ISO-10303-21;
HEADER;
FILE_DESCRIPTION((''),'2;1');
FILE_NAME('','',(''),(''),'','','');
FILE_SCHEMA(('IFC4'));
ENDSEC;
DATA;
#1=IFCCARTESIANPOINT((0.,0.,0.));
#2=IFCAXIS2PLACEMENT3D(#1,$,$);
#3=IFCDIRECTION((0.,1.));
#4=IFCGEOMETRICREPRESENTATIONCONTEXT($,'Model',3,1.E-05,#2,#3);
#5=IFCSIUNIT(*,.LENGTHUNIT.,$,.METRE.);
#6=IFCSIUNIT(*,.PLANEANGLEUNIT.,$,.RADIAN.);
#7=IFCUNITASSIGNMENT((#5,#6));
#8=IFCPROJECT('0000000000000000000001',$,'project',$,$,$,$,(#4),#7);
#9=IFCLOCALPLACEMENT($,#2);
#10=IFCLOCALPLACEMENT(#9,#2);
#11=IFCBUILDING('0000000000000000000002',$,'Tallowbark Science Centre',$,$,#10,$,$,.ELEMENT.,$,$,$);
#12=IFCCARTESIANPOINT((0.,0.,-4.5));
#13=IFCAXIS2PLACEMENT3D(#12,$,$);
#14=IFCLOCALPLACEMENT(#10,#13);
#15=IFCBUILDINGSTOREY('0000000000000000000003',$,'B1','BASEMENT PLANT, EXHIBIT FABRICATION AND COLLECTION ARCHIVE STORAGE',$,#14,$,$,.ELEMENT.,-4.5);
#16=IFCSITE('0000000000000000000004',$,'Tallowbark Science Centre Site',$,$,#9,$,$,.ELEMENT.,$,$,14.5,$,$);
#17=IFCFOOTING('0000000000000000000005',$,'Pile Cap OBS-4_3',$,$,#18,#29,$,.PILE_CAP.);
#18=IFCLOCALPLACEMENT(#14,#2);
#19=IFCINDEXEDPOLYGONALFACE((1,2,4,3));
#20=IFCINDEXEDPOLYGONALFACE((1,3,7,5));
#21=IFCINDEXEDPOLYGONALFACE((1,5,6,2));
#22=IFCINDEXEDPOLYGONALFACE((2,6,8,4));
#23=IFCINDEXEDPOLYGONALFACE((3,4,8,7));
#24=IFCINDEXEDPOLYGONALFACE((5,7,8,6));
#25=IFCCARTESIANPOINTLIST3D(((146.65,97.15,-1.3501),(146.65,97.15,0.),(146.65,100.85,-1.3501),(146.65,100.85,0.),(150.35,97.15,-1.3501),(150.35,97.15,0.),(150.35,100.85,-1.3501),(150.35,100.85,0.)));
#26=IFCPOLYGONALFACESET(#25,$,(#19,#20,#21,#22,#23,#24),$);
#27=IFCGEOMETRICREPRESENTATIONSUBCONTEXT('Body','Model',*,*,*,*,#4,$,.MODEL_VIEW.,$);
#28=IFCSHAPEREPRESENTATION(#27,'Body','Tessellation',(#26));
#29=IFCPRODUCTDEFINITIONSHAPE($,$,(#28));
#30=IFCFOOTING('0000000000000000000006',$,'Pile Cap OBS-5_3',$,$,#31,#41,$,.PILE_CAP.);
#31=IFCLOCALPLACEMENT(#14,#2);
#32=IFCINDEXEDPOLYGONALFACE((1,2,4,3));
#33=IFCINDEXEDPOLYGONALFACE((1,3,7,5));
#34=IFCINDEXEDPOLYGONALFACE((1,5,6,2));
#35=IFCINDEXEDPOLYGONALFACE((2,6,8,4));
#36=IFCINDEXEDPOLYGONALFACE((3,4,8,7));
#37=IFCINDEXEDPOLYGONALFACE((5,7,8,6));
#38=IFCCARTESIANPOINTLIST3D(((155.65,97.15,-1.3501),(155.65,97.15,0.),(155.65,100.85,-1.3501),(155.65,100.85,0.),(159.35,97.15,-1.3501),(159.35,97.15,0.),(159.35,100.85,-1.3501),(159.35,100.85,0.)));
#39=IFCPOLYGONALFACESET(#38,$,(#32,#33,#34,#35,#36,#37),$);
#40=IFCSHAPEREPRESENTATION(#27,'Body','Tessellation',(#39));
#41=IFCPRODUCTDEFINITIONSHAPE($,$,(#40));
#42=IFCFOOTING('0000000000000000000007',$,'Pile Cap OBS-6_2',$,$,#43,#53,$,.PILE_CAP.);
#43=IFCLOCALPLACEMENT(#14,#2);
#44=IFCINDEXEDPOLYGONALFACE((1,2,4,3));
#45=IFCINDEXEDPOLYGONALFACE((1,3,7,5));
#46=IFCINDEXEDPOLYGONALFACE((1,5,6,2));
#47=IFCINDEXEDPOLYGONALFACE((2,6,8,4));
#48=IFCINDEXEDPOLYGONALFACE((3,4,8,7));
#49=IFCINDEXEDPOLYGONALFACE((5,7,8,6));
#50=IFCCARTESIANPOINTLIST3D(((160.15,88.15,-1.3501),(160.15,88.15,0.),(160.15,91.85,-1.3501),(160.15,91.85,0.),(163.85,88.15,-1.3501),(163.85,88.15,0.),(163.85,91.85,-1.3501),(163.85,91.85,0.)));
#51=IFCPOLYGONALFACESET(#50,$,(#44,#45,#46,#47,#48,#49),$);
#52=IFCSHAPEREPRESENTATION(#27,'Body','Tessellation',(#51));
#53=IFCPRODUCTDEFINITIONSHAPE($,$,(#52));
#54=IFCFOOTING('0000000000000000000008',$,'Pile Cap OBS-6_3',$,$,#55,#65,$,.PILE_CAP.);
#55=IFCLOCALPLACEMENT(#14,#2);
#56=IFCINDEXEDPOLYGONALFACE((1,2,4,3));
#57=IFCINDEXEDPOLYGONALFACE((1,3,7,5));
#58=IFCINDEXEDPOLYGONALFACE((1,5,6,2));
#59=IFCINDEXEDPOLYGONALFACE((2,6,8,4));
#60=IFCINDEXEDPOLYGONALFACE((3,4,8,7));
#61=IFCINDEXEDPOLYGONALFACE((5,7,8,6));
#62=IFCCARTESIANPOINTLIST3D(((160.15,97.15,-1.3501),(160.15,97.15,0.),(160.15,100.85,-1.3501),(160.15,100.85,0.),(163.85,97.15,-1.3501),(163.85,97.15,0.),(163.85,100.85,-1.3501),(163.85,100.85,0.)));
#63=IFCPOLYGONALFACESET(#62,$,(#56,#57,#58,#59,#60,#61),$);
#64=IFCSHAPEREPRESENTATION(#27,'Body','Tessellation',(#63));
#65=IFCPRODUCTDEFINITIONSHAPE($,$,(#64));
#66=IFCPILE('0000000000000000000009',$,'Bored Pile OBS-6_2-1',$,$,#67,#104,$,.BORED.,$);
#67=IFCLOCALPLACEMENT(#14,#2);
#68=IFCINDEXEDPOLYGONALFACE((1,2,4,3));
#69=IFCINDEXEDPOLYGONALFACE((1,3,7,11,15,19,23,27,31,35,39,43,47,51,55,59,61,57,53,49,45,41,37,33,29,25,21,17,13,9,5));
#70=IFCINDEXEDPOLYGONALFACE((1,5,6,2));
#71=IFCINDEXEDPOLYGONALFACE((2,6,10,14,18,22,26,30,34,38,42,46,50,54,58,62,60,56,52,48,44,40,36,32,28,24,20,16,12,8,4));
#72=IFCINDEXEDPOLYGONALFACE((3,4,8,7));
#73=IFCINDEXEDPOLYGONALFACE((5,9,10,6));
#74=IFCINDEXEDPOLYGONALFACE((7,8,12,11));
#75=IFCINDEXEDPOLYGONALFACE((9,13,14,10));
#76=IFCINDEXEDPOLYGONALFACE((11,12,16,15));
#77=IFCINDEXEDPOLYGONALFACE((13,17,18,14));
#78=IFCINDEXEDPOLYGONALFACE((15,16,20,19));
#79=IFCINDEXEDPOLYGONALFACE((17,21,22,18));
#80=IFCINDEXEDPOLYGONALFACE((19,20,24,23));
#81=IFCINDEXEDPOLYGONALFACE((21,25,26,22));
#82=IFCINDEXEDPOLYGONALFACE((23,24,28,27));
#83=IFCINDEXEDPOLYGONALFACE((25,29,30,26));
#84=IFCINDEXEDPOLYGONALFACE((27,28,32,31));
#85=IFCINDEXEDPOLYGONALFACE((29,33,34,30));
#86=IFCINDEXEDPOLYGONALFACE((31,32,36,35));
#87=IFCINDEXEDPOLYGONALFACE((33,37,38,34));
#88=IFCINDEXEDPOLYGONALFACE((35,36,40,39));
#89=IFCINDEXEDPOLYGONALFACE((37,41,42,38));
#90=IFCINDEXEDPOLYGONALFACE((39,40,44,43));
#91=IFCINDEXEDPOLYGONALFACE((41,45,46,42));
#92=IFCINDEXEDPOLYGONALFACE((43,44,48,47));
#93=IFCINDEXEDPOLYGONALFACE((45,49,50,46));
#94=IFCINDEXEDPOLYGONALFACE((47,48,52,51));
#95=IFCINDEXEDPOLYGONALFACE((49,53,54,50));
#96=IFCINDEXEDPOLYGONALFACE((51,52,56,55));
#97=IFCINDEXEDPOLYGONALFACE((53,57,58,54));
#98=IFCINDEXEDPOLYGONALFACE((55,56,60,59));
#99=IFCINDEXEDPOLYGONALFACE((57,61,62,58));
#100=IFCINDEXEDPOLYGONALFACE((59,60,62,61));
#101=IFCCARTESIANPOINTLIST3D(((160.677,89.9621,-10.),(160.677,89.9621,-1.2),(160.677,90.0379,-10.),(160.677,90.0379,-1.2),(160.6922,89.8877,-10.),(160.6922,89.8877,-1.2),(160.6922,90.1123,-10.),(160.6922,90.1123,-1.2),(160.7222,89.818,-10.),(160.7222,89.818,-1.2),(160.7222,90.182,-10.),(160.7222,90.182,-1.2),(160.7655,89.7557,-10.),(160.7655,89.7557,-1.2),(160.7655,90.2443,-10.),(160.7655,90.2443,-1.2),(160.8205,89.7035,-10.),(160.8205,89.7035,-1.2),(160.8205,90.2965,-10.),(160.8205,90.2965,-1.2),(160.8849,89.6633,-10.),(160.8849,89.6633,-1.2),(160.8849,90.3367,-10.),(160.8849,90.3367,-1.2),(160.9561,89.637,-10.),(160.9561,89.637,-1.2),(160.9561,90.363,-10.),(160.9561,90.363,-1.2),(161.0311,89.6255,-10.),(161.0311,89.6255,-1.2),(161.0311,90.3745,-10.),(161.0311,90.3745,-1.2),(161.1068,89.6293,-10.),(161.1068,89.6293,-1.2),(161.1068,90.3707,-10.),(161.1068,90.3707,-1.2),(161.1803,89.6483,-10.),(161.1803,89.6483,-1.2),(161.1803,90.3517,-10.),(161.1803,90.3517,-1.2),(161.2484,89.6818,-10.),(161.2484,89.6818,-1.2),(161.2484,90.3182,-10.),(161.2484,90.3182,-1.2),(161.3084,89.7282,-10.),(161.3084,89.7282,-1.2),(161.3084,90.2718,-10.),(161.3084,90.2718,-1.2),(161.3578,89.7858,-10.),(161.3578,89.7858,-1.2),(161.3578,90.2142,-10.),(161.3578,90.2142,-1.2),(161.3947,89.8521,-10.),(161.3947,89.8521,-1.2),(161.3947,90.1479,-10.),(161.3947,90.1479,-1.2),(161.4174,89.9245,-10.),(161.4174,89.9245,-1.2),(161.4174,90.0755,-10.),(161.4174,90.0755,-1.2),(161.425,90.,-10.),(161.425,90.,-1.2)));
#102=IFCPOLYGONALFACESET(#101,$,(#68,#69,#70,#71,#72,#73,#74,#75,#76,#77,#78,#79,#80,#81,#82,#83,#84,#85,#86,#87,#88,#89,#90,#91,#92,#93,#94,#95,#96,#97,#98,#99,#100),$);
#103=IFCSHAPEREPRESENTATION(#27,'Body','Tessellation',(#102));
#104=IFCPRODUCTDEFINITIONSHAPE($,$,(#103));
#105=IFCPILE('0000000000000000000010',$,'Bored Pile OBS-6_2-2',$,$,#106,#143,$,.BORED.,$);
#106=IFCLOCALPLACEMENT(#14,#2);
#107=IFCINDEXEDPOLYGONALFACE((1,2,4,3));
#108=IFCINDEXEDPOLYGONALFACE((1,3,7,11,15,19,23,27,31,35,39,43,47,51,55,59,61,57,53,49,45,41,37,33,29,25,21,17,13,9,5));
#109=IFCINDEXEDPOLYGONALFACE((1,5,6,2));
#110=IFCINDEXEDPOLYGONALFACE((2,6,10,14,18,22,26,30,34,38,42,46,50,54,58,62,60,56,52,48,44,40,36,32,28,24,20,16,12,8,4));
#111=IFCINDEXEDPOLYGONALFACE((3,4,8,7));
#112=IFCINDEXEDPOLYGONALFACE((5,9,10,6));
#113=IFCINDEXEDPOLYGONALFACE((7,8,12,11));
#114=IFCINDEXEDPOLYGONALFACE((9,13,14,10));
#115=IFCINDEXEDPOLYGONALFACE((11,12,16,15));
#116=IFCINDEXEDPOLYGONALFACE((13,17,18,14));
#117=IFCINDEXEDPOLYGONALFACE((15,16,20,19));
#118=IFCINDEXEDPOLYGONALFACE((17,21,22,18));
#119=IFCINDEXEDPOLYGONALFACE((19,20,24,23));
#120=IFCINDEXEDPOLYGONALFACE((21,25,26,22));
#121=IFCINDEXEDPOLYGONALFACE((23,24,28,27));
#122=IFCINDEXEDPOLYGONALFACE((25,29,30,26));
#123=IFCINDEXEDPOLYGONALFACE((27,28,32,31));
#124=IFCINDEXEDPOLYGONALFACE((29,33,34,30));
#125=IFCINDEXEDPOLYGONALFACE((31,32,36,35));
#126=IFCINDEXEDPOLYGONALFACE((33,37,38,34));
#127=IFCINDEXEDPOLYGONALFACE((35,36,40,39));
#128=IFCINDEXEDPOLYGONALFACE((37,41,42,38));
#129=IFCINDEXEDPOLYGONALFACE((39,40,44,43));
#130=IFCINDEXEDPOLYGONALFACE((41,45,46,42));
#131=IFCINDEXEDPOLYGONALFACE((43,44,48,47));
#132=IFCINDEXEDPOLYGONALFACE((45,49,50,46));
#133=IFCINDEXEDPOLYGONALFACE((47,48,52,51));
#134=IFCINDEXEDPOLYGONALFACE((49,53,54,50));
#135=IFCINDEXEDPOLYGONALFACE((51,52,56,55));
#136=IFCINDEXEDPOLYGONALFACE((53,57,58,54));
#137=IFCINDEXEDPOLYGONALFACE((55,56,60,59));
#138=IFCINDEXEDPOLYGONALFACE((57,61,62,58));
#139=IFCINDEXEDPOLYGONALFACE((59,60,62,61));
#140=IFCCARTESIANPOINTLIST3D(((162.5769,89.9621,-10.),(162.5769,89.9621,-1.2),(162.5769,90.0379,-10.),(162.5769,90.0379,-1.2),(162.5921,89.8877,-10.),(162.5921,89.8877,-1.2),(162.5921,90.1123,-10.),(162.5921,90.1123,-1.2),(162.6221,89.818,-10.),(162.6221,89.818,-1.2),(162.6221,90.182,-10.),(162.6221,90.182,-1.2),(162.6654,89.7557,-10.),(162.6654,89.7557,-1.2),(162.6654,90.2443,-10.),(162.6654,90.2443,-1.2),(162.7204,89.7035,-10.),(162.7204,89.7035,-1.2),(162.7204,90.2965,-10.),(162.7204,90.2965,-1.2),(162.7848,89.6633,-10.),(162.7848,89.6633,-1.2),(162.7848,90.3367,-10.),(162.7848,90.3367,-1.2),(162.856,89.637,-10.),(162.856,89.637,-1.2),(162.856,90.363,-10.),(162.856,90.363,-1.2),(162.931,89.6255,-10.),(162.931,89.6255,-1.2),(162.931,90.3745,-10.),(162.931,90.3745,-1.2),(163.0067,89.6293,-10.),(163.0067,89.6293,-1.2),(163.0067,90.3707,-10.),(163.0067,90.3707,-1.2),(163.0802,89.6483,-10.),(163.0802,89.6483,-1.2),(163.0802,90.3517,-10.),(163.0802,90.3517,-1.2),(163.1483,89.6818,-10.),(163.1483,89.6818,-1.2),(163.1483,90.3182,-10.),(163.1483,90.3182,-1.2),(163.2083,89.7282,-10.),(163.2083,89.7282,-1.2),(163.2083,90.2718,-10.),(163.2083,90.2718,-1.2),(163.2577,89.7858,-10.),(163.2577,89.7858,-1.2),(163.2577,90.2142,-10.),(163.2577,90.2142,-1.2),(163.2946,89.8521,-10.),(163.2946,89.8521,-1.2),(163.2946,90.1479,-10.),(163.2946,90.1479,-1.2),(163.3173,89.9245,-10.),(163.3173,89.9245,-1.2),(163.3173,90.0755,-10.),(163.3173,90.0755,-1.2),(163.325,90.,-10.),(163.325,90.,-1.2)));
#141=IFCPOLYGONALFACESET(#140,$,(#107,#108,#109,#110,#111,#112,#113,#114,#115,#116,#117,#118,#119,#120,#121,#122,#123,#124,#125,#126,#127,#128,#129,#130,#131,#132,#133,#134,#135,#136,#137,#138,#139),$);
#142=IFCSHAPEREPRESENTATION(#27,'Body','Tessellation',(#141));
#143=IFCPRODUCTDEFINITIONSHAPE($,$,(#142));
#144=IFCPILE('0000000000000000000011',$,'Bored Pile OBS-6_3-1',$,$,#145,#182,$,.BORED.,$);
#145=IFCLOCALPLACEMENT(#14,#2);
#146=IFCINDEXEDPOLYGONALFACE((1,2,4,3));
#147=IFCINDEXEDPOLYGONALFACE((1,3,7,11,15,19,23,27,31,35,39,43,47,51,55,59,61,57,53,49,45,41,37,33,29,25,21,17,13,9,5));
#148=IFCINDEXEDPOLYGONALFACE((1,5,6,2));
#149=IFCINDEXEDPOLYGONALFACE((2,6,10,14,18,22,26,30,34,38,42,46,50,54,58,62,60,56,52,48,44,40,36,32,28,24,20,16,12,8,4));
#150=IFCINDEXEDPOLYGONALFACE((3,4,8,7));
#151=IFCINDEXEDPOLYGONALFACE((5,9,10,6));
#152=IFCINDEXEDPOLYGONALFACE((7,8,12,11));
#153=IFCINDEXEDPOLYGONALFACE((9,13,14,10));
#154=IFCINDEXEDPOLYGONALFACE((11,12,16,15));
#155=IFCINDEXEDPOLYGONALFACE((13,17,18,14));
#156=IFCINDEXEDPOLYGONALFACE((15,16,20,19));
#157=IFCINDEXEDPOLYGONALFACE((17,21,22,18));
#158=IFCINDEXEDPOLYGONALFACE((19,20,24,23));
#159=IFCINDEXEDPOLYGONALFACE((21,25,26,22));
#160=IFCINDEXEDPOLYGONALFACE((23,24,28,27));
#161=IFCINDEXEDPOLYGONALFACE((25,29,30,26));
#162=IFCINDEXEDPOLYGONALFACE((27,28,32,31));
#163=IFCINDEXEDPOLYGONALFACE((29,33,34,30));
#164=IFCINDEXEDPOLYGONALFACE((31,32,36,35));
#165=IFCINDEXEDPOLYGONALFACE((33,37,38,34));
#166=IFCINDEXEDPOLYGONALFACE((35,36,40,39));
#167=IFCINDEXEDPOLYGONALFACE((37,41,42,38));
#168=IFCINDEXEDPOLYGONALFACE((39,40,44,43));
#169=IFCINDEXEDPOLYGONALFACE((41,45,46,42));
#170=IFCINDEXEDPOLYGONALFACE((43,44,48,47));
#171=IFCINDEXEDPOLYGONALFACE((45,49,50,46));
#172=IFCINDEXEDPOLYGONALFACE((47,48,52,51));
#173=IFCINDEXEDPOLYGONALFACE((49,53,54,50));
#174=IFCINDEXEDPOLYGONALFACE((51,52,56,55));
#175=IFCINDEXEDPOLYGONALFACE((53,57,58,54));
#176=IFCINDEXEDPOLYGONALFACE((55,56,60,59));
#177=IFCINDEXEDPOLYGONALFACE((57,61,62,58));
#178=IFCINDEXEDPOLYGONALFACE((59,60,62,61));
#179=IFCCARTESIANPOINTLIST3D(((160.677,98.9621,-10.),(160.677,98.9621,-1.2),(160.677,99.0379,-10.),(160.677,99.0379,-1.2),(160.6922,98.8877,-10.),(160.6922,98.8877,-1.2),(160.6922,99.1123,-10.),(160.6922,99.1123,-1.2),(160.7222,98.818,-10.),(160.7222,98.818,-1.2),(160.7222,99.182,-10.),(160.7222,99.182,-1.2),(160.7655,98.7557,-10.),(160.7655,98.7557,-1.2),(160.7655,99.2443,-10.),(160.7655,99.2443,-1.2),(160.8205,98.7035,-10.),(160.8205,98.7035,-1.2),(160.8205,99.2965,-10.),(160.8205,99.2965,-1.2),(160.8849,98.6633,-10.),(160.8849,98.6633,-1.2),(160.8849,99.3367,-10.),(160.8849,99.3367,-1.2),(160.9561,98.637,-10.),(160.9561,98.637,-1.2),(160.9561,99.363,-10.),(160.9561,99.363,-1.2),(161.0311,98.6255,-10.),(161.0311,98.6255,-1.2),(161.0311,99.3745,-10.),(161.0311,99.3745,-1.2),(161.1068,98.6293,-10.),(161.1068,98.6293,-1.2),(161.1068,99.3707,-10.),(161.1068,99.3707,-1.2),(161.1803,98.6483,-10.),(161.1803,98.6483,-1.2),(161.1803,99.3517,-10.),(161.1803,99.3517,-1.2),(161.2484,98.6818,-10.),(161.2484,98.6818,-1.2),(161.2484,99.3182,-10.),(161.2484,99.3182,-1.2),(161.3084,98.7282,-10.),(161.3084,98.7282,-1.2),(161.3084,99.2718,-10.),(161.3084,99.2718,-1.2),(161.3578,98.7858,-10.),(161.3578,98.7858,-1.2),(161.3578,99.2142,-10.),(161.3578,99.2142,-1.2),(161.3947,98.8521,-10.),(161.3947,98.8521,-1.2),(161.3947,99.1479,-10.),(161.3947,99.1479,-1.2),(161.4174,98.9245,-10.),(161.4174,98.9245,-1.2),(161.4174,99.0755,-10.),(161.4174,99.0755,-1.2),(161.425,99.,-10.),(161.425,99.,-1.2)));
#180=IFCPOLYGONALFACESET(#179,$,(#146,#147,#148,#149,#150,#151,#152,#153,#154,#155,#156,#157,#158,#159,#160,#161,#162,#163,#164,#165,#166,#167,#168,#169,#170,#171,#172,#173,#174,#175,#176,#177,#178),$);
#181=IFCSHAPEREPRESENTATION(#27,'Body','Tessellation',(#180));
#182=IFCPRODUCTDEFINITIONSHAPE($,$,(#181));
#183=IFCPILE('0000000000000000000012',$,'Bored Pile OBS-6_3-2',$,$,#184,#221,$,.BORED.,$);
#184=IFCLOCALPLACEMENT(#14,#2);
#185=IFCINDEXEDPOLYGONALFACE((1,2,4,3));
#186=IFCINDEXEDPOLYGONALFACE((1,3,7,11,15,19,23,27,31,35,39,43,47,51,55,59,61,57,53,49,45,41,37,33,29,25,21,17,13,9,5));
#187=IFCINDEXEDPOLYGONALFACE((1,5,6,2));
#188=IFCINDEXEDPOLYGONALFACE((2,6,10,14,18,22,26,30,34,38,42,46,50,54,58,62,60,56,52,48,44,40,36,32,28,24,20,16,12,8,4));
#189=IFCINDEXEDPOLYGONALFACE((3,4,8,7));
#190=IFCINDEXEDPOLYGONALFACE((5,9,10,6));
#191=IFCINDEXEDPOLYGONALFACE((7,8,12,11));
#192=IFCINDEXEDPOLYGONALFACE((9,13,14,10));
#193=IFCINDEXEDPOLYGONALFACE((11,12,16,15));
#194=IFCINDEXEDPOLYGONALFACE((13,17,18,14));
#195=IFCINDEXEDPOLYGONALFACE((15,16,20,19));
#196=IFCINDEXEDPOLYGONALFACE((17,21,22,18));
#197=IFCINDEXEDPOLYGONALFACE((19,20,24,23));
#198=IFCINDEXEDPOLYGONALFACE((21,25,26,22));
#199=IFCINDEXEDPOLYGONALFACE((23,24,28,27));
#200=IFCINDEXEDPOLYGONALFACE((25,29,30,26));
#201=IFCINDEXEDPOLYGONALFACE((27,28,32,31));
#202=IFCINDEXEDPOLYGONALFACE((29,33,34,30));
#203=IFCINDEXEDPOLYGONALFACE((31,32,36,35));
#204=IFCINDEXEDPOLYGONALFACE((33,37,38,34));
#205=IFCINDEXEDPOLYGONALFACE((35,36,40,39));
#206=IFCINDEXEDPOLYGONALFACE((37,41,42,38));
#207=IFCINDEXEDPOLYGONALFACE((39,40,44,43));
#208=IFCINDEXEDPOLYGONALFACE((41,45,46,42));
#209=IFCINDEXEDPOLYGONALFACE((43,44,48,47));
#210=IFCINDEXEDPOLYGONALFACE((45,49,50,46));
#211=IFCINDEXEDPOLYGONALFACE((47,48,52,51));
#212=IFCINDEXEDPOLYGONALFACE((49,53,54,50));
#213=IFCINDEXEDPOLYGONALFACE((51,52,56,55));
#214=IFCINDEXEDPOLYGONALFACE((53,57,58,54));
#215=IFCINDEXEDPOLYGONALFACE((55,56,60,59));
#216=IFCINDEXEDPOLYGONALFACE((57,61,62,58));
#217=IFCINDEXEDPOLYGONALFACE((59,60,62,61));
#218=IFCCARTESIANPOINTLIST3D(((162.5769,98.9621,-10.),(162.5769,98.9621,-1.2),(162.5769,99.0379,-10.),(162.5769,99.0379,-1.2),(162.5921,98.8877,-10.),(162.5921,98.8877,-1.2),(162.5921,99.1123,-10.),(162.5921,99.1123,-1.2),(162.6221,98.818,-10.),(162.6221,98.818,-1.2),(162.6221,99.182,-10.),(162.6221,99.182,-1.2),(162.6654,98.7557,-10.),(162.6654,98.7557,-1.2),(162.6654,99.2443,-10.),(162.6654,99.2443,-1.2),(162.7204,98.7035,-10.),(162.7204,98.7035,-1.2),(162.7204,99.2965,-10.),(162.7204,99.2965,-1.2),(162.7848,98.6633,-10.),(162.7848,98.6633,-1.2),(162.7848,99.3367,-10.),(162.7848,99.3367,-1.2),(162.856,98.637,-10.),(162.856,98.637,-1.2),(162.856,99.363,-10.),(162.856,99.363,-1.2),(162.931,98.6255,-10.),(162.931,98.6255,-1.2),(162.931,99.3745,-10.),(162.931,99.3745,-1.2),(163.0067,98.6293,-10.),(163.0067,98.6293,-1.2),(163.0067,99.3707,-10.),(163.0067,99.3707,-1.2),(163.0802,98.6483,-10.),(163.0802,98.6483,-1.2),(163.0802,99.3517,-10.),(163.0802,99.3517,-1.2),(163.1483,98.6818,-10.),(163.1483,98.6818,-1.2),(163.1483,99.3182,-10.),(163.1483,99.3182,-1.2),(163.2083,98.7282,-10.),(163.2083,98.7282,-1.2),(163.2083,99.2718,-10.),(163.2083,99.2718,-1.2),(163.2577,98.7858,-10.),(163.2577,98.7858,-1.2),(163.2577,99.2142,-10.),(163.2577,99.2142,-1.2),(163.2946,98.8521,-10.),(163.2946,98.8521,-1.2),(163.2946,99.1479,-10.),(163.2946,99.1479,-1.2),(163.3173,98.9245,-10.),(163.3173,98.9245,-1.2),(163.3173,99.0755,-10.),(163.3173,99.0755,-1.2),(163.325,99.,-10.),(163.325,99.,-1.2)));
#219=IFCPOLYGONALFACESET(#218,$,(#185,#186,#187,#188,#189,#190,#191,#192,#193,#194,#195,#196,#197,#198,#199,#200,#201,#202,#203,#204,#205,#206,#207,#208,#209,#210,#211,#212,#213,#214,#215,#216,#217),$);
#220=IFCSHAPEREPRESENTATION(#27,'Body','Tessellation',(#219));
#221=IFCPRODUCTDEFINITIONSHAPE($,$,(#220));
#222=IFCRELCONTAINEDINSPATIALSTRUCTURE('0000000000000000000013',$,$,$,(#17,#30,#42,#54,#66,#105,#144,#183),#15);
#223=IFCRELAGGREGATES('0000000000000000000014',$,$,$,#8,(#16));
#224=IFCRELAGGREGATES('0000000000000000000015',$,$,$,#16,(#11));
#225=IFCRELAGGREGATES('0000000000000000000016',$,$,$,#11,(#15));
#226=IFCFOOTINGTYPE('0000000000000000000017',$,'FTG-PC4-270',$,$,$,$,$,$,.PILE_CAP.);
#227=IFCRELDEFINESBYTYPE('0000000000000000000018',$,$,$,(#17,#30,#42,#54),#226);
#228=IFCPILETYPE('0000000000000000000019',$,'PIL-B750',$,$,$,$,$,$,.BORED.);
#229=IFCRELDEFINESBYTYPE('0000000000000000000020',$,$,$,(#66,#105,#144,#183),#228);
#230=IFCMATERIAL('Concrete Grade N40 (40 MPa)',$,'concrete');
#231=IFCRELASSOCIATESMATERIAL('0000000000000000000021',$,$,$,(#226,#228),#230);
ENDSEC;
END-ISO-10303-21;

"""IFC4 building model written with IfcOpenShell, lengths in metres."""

from ifc_helpers import new_model, si_unit, direction, frame, origin, origin_2d, place, context, subcontext, project, spatial, rectangle, circle, extrude, material, material_profile, profile_set, type_object, element, save


model = new_model("IFC4")

# Units and contexts
model_context = context("Model", 3, precision=1e-05, world=origin(), true_north=direction((0.0, 1.0)))
body_context = subcontext(model_context, "Body", "Model", "MODEL_VIEW")
ifc_project = project(units=[si_unit("LENGTHUNIT", "METRE"), si_unit("PLANEANGLEUNIT", "RADIAN")], contexts=[model_context])

# Site, building, storey
site_placement = place(None, origin())
site = spatial("IfcSite", under=ifc_project, at=site_placement, Name="Tallowbark Science Centre Site", CompositionType="ELEMENT", RefElevation=14.5)
building_placement = place(site_placement, origin())
building = spatial("IfcBuilding", under=site, at=building_placement, Name="Tallowbark Science Centre", CompositionType="ELEMENT")
storey_placement = place(building_placement, frame((0.0, 0.0, -4.5)))
storey = spatial("IfcBuildingStorey", under=building, at=storey_placement, Name="B1", Description="BASEMENT PLANT, EXHIBIT FABRICATION AND COLLECTION ARCHIVE STORAGE", CompositionType="ELEMENT", Elevation=-4.5)

# Footings
ifc_material_1 = material(Name="Concrete Grade N40 (40 MPa)", Category="concrete")
footing_type = type_object("IfcFootingType", Name="FTG-PC4-270", PredefinedType="PILE_CAP", material=ifc_material_1)
for number, where, z_axis, x_axis, name in (
    (1, (148.5, 99.0, -1.3501), (0.0, 0.0, 1.0), (1.0, 0.0, 0.0), "Pile Cap OBS-4_3"),
    (2, (157.5, 99.0, -1.3501), (0.0, 0.0, 1.0), (1.0, 0.0, 0.0), "Pile Cap OBS-5_3"),
    (3, (162.0, 90.0, -1.3501), (0.0, 0.0, 1.0), (1.0, 0.0, 0.0), "Pile Cap OBS-6_2"),
    (4, (162.0, 99.0, -1.3501), (0.0, 0.0, 1.0), (1.0, 0.0, 0.0), "Pile Cap OBS-6_3"),
):
    element("IfcFooting", number, at=place(storey_placement, frame(where, z_axis=z_axis, x_axis=x_axis)), inside=storey, type_object=footing_type, Name=name, PredefinedType="PILE_CAP", context=body_context, shape_type="SweptSolid", body=[
        extrude(rectangle(XDim=3.7, YDim=3.7, at=origin_2d()), origin(), (0.0, 0.0, 1.0), 1.3501),
    ])

# Piles
ifc_material_profile_1 = material_profile(ifc_material_1, circle(Radius=0.375, at=origin_2d()), Name="PILE750")
ifc_profile_set_1 = profile_set([ifc_material_profile_1], Name="Concrete Grade N40 (40 MPa)")
pile_type_1 = type_object("IfcPileType", Name="PIL-B750", PredefinedType="BORED", material=ifc_profile_set_1)
for number, where, z_axis, x_axis, name in (
    (5, (161.05, 90.0, -1.2), (0.0, 0.0, -1.0), (1.0, 0.0, 0.0), "Bored Pile OBS-6_2-1"),
    (6, (162.95, 90.0, -1.2), (0.0, 0.0, -1.0), (1.0, 0.0, 0.0), "Bored Pile OBS-6_2-2"),
    (7, (161.05, 99.0, -1.2), (0.0, 0.0, -1.0), (1.0, 0.0, 0.0), "Bored Pile OBS-6_3-1"),
    (8, (162.95, 99.0, -1.2), (0.0, 0.0, -1.0), (1.0, 0.0, 0.0), "Bored Pile OBS-6_3-2"),
):
    element("IfcPile", number, at=place(storey_placement, frame(where, z_axis=z_axis, x_axis=x_axis)), inside=storey, type_object=pile_type_1, Name=name, PredefinedType="BORED", context=body_context, shape_type="SweptSolid", body=[
        extrude(circle(Radius=0.375, at=origin_2d()), origin(), (0.0, 0.0, 1.0), 8.8),
    ])

save(model, "model.ifc")
